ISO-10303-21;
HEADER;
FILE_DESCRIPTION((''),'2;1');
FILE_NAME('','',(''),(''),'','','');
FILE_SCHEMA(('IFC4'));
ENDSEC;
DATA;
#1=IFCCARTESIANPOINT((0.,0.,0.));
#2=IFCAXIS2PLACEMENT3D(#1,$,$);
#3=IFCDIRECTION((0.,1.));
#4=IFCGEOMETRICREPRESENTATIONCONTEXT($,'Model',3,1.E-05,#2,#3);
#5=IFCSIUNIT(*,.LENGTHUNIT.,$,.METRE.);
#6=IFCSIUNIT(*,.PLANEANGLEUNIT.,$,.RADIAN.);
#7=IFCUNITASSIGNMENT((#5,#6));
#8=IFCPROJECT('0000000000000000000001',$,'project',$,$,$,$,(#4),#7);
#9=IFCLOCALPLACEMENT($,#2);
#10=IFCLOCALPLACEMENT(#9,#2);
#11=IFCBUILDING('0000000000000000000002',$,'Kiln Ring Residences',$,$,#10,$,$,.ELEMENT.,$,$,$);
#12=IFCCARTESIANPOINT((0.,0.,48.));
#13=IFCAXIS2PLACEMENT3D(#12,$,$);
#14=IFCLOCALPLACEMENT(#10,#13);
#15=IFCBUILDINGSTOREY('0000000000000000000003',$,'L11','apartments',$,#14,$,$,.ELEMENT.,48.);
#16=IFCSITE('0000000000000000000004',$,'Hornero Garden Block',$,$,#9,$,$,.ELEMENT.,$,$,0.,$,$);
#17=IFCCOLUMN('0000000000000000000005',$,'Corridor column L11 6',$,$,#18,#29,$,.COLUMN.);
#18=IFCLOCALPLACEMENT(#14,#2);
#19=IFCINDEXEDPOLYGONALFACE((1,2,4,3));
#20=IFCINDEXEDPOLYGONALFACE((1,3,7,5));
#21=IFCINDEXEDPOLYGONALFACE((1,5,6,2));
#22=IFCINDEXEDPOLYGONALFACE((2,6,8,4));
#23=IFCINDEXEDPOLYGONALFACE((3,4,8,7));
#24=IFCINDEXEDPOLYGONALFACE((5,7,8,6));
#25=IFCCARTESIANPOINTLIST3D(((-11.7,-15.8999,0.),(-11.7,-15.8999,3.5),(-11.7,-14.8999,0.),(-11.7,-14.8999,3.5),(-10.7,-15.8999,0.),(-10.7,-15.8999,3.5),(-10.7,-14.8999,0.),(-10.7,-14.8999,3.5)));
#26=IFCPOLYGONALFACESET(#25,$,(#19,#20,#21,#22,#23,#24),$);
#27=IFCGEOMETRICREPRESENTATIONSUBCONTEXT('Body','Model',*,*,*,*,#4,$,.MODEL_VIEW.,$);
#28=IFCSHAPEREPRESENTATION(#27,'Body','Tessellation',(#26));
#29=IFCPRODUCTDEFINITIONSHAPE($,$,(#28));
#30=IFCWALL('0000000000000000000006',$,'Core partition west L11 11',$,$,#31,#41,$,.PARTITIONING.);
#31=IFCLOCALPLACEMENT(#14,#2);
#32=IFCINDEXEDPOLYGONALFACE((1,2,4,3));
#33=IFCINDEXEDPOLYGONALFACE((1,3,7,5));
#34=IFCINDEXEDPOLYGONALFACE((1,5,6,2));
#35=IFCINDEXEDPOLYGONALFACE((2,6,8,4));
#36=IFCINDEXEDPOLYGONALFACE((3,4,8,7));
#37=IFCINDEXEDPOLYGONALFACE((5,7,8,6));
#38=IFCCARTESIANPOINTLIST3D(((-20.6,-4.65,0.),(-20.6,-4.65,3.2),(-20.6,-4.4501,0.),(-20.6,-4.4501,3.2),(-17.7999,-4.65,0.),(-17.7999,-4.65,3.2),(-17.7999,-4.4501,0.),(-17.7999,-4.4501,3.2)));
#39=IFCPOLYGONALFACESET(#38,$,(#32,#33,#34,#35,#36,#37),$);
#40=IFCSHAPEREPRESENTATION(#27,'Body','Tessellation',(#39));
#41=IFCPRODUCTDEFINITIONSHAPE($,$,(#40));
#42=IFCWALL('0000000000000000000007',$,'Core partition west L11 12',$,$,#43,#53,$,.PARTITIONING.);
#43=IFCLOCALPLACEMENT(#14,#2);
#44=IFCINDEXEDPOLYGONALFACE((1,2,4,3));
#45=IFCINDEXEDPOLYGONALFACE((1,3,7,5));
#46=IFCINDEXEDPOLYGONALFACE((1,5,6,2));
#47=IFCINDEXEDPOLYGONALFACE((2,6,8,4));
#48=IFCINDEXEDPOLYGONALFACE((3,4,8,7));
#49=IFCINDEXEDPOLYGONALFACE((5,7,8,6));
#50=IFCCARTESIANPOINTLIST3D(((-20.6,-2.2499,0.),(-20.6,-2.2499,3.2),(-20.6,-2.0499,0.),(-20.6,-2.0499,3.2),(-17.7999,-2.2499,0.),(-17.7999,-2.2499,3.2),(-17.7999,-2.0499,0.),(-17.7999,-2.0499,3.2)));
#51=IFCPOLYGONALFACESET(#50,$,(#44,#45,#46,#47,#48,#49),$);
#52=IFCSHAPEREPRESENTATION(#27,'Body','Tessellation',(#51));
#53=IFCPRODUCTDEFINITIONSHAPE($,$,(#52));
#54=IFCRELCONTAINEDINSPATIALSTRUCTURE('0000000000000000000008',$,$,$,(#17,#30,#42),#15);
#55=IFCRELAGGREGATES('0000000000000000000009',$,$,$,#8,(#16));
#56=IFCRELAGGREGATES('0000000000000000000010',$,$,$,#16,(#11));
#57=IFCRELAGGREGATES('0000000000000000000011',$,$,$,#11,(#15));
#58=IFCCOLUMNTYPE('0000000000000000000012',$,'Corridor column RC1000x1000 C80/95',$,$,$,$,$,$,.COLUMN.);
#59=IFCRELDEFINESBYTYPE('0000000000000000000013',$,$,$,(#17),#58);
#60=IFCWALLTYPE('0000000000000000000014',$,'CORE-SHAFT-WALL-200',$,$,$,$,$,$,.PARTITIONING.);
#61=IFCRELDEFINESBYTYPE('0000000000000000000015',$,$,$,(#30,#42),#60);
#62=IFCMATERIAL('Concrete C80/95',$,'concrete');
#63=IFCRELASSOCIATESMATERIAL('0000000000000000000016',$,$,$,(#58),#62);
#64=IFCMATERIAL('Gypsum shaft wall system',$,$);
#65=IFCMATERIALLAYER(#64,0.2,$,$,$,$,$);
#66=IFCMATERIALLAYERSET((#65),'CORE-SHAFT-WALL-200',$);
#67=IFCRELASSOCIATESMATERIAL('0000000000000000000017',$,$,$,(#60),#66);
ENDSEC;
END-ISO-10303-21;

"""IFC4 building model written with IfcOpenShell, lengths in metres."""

from ifc_helpers import new_model, si_unit, direction, frame, frame_2d, origin, origin_2d, place, context, subcontext, project, spatial, rectangle, extrude, material, layer, layer_set, material_profile, profile_set, type_object, element, save


model = new_model("IFC4")

# Units and contexts
model_context = context("Model", 3, precision=1e-05, world=origin(), true_north=direction((0.0, 1.0)))
body_context = subcontext(model_context, "Body", "Model", "MODEL_VIEW")
ifc_project = project(units=[si_unit("LENGTHUNIT", "METRE"), si_unit("PLANEANGLEUNIT", "RADIAN")], contexts=[model_context])

# Site, building, storey
site_placement = place(None, origin())
site = spatial("IfcSite", under=ifc_project, at=site_placement, Name="Hornero Garden Block", CompositionType="ELEMENT", RefElevation=0.0)
building_placement = place(site_placement, origin())
building = spatial("IfcBuilding", under=site, at=building_placement, Name="Kiln Ring Residences", CompositionType="ELEMENT")
storey_placement = place(building_placement, frame((0.0, 0.0, 48.0)))
storey = spatial("IfcBuildingStorey", under=building, at=storey_placement, Name="L11", Description="apartments", CompositionType="ELEMENT", Elevation=48.0)

# Column
ifc_material_1 = material(Name="Concrete C80/95", Category="concrete")
ifc_material_profile = material_profile(ifc_material_1, rectangle(XDim=1.0, YDim=1.0, at=origin_2d()), Name="RC1000x1000")
ifc_profile_set = profile_set([ifc_material_profile], Name="Concrete C80/95")
column_type = type_object("IfcColumnType", Name="Corridor column RC1000x1000 C80/95", PredefinedType="COLUMN", material=ifc_profile_set)
column_placement = place(storey_placement, frame((-11.2, -15.3999, 0.0), z_axis=(0.0, 0.0, 1.0), x_axis=(1.0, 0.0, 0.0)))
element("IfcColumn", 1, at=column_placement, inside=storey, type_object=column_type, Name="Corridor column L11 6", PredefinedType="COLUMN", context=body_context, shape_type="SweptSolid", body=[
    extrude(rectangle(XDim=1.0, YDim=1.0, at=origin_2d()), origin(), (0.0, 0.0, 1.0), 3.5),
])

# Walls
ifc_material_2 = material(Name="Gypsum shaft wall system")
ifc_layer_1 = layer(ifc_material_2, 0.2)
ifc_layer_set_1 = layer_set([ifc_layer_1], Name="CORE-SHAFT-WALL-200")
wall_type_1 = type_object("IfcWallType", Name="CORE-SHAFT-WALL-200", PredefinedType="PARTITIONING", material=ifc_layer_set_1)
for number, where, z_axis, x_axis, name in (
    (2, (-17.8, -4.55, 0.0), (0.0, 0.0, 1.0), (-1.0, 0.0, 0.0), "Core partition west L11 11"),
    (3, (-17.8, -2.1499, 0.0), (0.0, 0.0, 1.0), (-1.0, 0.0, 0.0), "Core partition west L11 12"),
):
    element("IfcWall", number, at=place(storey_placement, frame(where, z_axis=z_axis, x_axis=x_axis)), inside=storey, type_object=wall_type_1, Name=name, PredefinedType="PARTITIONING", context=body_context, shape_type="SweptSolid", body=[
        extrude(rectangle(XDim=2.8, YDim=0.2, at=frame_2d((1.3999, 0.0))), origin(), (0.0, 0.0, 1.0), 3.2),
    ])

save(model, "model.ifc")
